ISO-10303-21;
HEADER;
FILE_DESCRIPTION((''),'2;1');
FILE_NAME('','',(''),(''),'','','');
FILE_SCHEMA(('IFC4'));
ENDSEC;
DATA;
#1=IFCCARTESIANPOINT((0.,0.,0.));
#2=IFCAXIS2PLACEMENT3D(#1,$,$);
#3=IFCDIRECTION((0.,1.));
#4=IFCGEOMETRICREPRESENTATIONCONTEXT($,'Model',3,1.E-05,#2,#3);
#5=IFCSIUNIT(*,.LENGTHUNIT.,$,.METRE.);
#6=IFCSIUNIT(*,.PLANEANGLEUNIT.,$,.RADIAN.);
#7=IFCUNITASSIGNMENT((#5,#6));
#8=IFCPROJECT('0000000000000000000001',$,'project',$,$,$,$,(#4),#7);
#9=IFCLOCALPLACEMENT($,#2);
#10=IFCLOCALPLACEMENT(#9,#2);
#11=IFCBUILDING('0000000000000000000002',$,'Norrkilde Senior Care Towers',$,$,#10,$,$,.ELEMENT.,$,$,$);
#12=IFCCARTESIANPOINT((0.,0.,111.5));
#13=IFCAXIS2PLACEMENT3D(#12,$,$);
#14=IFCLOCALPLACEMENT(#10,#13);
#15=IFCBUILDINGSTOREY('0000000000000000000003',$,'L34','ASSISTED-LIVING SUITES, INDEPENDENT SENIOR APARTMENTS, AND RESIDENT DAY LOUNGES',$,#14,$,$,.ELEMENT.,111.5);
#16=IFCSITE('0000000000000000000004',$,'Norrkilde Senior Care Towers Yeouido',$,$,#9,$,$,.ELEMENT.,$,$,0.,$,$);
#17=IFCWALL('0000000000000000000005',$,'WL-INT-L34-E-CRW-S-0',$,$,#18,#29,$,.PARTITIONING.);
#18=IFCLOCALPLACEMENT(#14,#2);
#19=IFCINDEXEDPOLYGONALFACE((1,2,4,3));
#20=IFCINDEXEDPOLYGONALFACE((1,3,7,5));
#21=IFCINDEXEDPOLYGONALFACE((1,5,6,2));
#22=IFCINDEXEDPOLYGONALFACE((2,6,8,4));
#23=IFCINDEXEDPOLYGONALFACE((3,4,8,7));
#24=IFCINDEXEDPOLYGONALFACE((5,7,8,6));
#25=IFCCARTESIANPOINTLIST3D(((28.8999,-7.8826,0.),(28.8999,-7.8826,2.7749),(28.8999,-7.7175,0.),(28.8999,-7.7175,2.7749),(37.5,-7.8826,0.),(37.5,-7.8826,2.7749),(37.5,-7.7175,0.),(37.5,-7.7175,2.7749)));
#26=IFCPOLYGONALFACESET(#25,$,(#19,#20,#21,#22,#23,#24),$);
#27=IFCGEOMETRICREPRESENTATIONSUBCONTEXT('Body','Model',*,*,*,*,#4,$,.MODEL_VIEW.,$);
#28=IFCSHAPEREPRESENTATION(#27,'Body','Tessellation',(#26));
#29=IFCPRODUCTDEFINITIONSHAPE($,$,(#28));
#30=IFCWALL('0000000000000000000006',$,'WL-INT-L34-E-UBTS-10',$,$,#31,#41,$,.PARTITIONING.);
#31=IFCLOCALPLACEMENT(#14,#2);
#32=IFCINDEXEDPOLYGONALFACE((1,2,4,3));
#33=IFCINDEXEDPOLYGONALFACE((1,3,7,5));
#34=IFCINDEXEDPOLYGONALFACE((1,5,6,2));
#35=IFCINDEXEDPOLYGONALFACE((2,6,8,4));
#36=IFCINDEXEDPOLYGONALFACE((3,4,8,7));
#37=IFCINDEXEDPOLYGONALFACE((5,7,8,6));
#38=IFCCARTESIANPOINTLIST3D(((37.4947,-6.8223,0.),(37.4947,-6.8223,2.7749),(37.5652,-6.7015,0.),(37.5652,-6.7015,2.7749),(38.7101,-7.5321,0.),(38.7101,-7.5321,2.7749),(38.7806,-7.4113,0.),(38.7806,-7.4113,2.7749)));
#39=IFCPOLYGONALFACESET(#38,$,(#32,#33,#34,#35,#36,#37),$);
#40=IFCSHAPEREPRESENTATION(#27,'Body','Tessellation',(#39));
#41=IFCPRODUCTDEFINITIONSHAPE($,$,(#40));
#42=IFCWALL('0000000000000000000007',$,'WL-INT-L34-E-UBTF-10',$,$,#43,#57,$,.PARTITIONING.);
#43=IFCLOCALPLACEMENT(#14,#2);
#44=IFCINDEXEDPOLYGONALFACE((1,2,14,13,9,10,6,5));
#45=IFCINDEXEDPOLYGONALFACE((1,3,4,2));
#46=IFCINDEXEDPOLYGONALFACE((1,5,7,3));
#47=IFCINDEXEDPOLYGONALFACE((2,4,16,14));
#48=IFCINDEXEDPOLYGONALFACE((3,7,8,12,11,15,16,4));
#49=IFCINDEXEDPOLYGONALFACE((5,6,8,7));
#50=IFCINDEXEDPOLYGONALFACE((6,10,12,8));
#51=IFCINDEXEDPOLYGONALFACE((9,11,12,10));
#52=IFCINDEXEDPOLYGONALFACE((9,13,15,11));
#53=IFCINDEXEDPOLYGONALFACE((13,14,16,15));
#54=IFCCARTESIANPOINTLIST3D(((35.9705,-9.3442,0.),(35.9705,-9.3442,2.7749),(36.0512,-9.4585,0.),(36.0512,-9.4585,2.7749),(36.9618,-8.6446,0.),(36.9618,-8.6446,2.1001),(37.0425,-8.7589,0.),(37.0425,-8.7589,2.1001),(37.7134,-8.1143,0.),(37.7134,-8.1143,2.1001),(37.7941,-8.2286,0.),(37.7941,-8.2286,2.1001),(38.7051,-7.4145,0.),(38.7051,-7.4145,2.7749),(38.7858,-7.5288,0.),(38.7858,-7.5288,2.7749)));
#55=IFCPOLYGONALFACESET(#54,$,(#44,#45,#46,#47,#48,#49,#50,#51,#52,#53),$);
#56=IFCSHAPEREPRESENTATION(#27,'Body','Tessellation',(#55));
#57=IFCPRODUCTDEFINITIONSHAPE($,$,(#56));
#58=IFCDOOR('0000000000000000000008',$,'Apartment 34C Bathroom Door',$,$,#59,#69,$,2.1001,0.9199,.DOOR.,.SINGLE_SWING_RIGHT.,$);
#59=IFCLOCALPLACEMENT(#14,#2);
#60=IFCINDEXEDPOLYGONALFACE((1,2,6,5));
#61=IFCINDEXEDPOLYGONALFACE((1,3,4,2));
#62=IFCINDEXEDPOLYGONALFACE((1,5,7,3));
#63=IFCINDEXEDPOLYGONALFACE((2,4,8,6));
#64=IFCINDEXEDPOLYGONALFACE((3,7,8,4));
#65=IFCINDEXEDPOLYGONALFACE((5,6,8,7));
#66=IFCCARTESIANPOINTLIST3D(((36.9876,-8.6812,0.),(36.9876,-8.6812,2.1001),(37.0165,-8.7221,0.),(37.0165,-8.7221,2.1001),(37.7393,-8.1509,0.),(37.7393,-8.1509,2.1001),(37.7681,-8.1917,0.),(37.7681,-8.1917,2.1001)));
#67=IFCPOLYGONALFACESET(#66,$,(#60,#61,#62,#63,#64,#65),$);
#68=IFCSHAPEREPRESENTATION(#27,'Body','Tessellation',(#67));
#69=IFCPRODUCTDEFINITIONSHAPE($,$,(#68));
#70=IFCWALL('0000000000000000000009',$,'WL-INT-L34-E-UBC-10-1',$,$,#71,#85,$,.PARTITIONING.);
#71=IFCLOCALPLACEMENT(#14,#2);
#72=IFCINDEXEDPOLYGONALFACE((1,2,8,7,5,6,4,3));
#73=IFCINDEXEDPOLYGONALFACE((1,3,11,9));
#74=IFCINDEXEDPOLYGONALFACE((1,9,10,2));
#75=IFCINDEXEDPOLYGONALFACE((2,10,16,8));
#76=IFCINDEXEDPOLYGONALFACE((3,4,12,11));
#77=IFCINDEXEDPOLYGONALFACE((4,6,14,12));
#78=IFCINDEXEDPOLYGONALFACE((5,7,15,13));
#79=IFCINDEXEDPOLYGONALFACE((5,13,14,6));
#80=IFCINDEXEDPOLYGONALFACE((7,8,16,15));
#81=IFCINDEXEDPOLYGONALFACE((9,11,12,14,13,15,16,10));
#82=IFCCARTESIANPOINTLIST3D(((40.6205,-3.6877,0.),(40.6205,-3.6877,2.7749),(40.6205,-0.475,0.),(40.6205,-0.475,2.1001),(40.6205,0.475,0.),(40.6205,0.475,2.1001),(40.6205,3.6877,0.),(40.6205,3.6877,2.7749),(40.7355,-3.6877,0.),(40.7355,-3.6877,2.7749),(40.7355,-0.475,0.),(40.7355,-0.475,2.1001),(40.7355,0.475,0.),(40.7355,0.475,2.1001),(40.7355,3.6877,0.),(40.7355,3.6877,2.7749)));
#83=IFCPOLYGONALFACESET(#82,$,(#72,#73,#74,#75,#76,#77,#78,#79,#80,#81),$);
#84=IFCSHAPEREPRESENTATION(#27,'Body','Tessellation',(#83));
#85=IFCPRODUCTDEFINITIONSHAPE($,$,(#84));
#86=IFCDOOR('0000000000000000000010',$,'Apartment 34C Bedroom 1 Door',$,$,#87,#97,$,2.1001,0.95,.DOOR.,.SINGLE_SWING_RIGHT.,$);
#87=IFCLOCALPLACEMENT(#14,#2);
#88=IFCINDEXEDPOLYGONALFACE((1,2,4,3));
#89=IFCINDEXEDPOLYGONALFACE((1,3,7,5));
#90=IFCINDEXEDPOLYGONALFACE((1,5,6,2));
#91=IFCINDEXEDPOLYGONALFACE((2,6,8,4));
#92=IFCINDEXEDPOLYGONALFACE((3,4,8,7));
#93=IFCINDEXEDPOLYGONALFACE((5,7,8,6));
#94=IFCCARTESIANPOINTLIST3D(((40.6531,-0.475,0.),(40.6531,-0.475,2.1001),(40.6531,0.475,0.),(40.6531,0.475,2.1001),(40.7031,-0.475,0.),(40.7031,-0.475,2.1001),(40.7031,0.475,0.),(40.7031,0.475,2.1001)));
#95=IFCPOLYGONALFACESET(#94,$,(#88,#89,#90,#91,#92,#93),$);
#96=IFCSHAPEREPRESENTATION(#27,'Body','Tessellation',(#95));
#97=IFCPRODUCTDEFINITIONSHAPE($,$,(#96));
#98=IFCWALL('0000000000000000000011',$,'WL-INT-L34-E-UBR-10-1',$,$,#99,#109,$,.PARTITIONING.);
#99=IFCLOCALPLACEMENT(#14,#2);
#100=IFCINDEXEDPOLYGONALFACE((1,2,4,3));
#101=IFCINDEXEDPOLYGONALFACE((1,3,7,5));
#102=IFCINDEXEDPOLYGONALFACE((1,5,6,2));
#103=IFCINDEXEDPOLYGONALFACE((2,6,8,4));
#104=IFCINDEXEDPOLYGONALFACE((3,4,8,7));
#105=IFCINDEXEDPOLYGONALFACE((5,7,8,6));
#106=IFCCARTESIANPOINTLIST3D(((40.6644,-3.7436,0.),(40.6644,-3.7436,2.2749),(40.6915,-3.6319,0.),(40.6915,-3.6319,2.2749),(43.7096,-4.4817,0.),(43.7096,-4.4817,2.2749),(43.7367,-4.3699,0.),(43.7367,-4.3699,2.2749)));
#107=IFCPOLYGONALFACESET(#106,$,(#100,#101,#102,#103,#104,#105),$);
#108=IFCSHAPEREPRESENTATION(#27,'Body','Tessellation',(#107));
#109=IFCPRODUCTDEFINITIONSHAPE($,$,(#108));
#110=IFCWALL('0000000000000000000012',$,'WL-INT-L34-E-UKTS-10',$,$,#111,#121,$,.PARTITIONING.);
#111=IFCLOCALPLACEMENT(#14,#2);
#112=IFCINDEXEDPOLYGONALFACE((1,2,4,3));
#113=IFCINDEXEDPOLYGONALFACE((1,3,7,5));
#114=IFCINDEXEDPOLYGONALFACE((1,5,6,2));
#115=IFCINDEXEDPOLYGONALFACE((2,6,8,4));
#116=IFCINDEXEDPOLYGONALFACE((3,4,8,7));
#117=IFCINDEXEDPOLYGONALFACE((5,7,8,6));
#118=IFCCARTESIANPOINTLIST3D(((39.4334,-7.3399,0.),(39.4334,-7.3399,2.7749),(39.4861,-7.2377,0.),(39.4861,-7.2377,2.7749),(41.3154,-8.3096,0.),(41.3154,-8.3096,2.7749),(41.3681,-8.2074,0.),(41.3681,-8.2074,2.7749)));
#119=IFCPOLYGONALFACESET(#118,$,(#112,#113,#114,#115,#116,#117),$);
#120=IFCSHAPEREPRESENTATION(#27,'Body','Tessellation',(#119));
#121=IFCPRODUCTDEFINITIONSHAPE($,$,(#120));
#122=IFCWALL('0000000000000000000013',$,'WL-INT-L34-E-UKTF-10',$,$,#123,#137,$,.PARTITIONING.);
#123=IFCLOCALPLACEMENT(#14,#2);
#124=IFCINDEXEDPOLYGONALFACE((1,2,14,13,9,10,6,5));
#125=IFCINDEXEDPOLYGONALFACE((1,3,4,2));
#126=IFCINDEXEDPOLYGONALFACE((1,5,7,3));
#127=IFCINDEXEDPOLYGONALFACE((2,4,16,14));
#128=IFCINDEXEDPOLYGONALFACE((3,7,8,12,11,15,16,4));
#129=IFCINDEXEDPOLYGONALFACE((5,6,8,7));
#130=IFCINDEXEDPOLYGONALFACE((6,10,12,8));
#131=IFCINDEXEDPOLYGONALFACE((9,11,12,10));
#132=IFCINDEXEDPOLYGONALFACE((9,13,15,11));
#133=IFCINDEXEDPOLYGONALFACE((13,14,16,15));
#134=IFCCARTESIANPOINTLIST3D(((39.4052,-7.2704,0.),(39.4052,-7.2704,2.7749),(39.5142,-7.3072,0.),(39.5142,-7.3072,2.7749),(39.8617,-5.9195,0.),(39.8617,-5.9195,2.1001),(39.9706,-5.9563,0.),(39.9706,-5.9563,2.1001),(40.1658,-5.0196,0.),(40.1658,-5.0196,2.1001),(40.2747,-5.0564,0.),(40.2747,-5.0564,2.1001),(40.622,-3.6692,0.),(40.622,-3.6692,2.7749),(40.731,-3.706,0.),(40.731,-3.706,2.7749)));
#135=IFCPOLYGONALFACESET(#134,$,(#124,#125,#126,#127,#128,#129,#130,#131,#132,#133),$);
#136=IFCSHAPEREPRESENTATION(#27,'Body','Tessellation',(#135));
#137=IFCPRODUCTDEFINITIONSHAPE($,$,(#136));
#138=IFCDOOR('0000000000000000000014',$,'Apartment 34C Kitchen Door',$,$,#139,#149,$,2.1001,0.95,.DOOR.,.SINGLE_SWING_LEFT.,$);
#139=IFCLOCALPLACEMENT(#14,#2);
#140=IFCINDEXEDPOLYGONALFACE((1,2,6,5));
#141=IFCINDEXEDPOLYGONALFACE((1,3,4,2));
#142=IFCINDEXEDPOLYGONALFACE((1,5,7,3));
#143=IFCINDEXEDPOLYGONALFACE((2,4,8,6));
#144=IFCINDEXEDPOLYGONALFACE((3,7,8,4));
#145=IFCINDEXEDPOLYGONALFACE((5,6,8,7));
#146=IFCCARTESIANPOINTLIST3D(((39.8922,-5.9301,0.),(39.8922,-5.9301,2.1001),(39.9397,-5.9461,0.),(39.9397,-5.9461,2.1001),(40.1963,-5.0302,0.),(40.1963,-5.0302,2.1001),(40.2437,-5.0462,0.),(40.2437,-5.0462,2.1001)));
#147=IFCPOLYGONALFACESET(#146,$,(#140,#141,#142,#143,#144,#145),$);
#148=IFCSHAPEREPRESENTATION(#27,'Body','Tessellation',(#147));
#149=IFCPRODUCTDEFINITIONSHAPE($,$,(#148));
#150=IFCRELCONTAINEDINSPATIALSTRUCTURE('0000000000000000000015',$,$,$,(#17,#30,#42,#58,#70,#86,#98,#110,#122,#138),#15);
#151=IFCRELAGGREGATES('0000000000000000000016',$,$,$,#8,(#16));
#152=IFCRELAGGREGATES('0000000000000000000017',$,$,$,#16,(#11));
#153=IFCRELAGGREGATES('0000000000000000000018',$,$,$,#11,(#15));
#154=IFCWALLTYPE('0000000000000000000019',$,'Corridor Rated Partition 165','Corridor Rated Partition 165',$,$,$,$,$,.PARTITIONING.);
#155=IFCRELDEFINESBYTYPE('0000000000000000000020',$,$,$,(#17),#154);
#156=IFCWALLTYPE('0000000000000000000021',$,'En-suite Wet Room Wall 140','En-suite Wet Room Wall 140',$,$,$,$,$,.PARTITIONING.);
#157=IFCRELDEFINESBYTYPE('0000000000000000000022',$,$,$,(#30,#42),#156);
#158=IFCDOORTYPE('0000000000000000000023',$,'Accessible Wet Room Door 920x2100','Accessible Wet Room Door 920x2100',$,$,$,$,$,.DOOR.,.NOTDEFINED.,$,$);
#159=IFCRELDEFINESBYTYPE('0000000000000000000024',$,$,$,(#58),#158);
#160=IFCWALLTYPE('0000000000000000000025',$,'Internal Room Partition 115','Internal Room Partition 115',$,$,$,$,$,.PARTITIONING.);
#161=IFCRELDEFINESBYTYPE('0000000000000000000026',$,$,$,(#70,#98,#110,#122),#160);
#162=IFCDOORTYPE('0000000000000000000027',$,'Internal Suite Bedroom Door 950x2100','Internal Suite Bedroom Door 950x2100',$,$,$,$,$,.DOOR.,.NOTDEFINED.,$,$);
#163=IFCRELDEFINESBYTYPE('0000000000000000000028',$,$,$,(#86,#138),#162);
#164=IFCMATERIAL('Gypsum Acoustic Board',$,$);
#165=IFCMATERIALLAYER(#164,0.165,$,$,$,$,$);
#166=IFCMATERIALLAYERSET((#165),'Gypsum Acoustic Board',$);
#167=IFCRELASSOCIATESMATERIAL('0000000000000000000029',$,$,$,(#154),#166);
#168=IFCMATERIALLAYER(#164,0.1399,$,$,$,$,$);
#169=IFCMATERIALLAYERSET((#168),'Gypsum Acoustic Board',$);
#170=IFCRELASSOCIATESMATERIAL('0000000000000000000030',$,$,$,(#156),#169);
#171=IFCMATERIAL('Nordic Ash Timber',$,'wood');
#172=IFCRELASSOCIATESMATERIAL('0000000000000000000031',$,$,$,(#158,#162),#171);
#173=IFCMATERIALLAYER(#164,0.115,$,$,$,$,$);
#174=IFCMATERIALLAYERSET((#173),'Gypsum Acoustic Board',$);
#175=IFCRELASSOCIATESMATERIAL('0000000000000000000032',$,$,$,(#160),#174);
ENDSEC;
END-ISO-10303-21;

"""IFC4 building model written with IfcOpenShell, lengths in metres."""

from ifc_helpers import new_model, si_unit, direction, frame, frame_2d, origin, place, context, subcontext, project, spatial, rectangle, extrude, source, transform, mapped, material, layer, layer_set, type_object, type_shapes, element, fill, save


model = new_model("IFC4")

# Units and contexts
model_context = context("Model", 3, precision=1e-05, world=origin(), true_north=direction((0.0, 1.0)))
body_context = subcontext(model_context, "Body", "Model", "MODEL_VIEW")
ifc_project = project(units=[si_unit("LENGTHUNIT", "METRE"), si_unit("PLANEANGLEUNIT", "RADIAN")], contexts=[model_context])

# Site, building, storey
site_placement = place(None, origin())
site = spatial("IfcSite", under=ifc_project, at=site_placement, Name="Norrkilde Senior Care Towers Yeouido", CompositionType="ELEMENT", RefElevation=0.0)
building_placement = place(site_placement, origin())
building = spatial("IfcBuilding", under=site, at=building_placement, Name="Norrkilde Senior Care Towers", CompositionType="ELEMENT")
storey_placement = place(building_placement, frame((0.0, 0.0, 111.5)))
storey = spatial("IfcBuildingStorey", under=building, at=storey_placement, Name="L34", Description="ASSISTED-LIVING SUITES, INDEPENDENT SENIOR APARTMENTS, AND RESIDENT DAY LOUNGES", CompositionType="ELEMENT", Elevation=111.5)

# Walls
ifc_material_1 = material(Name="Gypsum Acoustic Board")
ifc_layer_1 = layer(ifc_material_1, 0.165)
ifc_layer_set_1 = layer_set([ifc_layer_1], Name="Gypsum Acoustic Board")
wall_type_1 = type_object("IfcWallType", Name="Corridor Rated Partition 165", Description="Corridor Rated Partition 165", PredefinedType="PARTITIONING", material=ifc_layer_set_1)
shared_shape_1 = source(origin(), body_context, "Body", "SweptSolid", [
    extrude(rectangle(XDim=8.6001, YDim=0.165, at=frame_2d((4.3, 0.0))), origin(), (0.0, 0.0, 1.0), 2.7749),
])
type_shapes(wall_type_1, [shared_shape_1])
wall_1_placement = place(storey_placement, frame((37.5, -7.8, 0.0), z_axis=(0.0, 0.0, 1.0), x_axis=(-1.0, 0.0, 0.0)))
element("IfcWall", 1, at=wall_1_placement, inside=storey, type_object=wall_type_1, Name="WL-INT-L34-E-CRW-S-0", PredefinedType="PARTITIONING", context=body_context, shape_type="MappedRepresentation", body=[
    mapped(shared_shape_1, transform((0.0, 0.0, 0.0), x_axis=(1.0, 0.0, 0.0), y_axis=(0.0, 1.0, 0.0), z_axis=(0.0, 0.0, 1.0), scale=1.0)),
])
ifc_layer_2 = layer(ifc_material_1, 0.1399)
ifc_layer_set_2 = layer_set([ifc_layer_2], Name="Gypsum Acoustic Board")
wall_type_2 = type_object("IfcWallType", Name="En-suite Wet Room Wall 140", Description="En-suite Wet Room Wall 140", PredefinedType="PARTITIONING", material=ifc_layer_set_2)
shared_shape_2 = source(origin(), body_context, "Body", "SweptSolid", [
    extrude(rectangle(XDim=1.4075, YDim=0.1399, at=frame_2d((0.7036, 0.0))), origin(), (0.0, 0.0, 1.0), 2.7749),
])
wall_2_placement = place(storey_placement, frame((37.53, -6.762, 0.0), z_axis=(0.0, 0.0, 1.0), x_axis=(0.86354, -0.504281, 0.0)))
element("IfcWall", 2, at=wall_2_placement, inside=storey, type_object=wall_type_2, Name="WL-INT-L34-E-UBTS-10", PredefinedType="PARTITIONING", context=body_context, shape_type="MappedRepresentation", body=[
    mapped(shared_shape_2, transform((0.0, 0.0, 0.0), x_axis=(1.0, 0.0, 0.0), y_axis=(0.0, 1.0, 0.0), z_axis=(0.0, 0.0, 1.0), scale=1.0)),
])

# Walls, openings, doors
shared_shape_3 = source(origin(), body_context, "Body", "SweptSolid", [
    extrude(rectangle(XDim=3.3469, YDim=0.1399, at=frame_2d((1.6733, 0.0))), origin(), (0.0, 0.0, 1.0), 2.7749),
])
type_shapes(wall_type_2, [shared_shape_2, shared_shape_3])
wall_3_placement = place(storey_placement, frame((38.7454, -7.4717, 0.0), z_axis=(0.0, 0.0, 1.0), x_axis=(-0.817057, -0.576557, 0.0)))
wall_3 = element("IfcWall", 3, at=wall_3_placement, inside=storey, type_object=wall_type_2, Name="WL-INT-L34-E-UBTF-10", PredefinedType="PARTITIONING", context=body_context, shape_type="MappedRepresentation", body=[
    mapped(shared_shape_3, transform((0.0, 0.0, 0.0), x_axis=(1.0, 0.0, 0.0), y_axis=(0.0, 1.0, 0.0), z_axis=(0.0, 0.0, 1.0), scale=1.0)),
])
opening_1_placement = place(wall_3_placement, frame((1.2136, 0.0, 0.0)))
opening_1 = element("IfcOpeningElement", 4, at=opening_1_placement, cuts=wall_3, PredefinedType="OPENING", context=body_context, shape_type="SweptSolid", body=[
    extrude(rectangle(XDim=0.9199, YDim=2.1001, at=frame_2d((0.46, 1.05))), frame((0.0, 0.0798, 0.0), z_axis=(0.0, -1.0, 0.0), x_axis=(1.0, 0.0, 0.0)), (0.0, 0.0, 1.0), 0.1599),
])
ifc_material_2 = material(Name="Nordic Ash Timber", Category="wood")
door_type_1 = type_object("IfcDoorType", Name="Accessible Wet Room Door 920x2100", Description="Accessible Wet Room Door 920x2100", OperationType="NOTDEFINED", PredefinedType="DOOR", material=ifc_material_2)
shared_shape_4 = source(origin(), body_context, "Body", "SweptSolid", [
    extrude(rectangle(XDim=0.9199, YDim=2.1001, at=frame_2d((0.46, 1.05))), frame((0.0, 0.0249, 0.0), z_axis=(0.0, -1.0, 0.0), x_axis=(1.0, 0.0, 0.0)), (0.0, 0.0, 1.0), 0.05),
])
type_shapes(door_type_1, [shared_shape_4])
door_1_placement = place(opening_1_placement, origin())
door_1 = element("IfcDoor", 5, at=door_1_placement, inside=storey, type_object=door_type_1, Name="Apartment 34C Bathroom Door", OperationType="SINGLE_SWING_RIGHT", OverallHeight=2.1001, OverallWidth=0.9199, PredefinedType="DOOR", context=body_context, shape_type="MappedRepresentation", body=[
    mapped(shared_shape_4, transform((0.0, 0.0, 0.0), x_axis=(1.0, 0.0, 0.0), y_axis=(0.0, 1.0, 0.0), z_axis=(0.0, 0.0, 1.0), scale=1.0)),
])
fill(opening_1, door_1)
ifc_layer_3 = layer(ifc_material_1, 0.115)
ifc_layer_set_3 = layer_set([ifc_layer_3], Name="Gypsum Acoustic Board")
wall_type_3 = type_object("IfcWallType", Name="Internal Room Partition 115", Description="Internal Room Partition 115", PredefinedType="PARTITIONING", material=ifc_layer_set_3)
shared_shape_5 = source(origin(), body_context, "Body", "SweptSolid", [
    extrude(rectangle(XDim=7.3755, YDim=0.115, at=frame_2d((3.6877, 0.0))), origin(), (0.0, 0.0, 1.0), 2.7749),
])
wall_4_placement = place(storey_placement, frame((40.678, -3.6877, 0.0), z_axis=(0.0, 0.0, 1.0), x_axis=(0.0, 1.0, 0.0)))
wall_4 = element("IfcWall", 6, at=wall_4_placement, inside=storey, type_object=wall_type_3, Name="WL-INT-L34-E-UBC-10-1", PredefinedType="PARTITIONING", context=body_context, shape_type="MappedRepresentation", body=[
    mapped(shared_shape_5, transform((0.0, 0.0, 0.0), x_axis=(1.0, 0.0, 0.0), y_axis=(0.0, 1.0, 0.0), z_axis=(0.0, 0.0, 1.0), scale=1.0)),
])
opening_2_placement = place(wall_4_placement, frame((3.2126, 0.0, 0.0)))
opening_2 = element("IfcOpeningElement", 7, at=opening_2_placement, cuts=wall_4, PredefinedType="OPENING", context=body_context, shape_type="SweptSolid", body=[
    extrude(rectangle(XDim=0.95, YDim=2.1001, at=frame_2d((0.4751, 1.05))), frame((0.0, 0.0674, 0.0), z_axis=(0.0, -1.0, 0.0), x_axis=(1.0, 0.0, 0.0)), (0.0, 0.0, 1.0), 0.135),
])
door_type_2 = type_object("IfcDoorType", Name="Internal Suite Bedroom Door 950x2100", Description="Internal Suite Bedroom Door 950x2100", OperationType="NOTDEFINED", PredefinedType="DOOR", material=ifc_material_2)
shared_shape_6 = source(origin(), body_context, "Body", "SweptSolid", [
    extrude(rectangle(XDim=0.95, YDim=2.1001, at=frame_2d((0.4751, 1.05))), frame((0.0, 0.0249, 0.0), z_axis=(0.0, -1.0, 0.0), x_axis=(1.0, 0.0, 0.0)), (0.0, 0.0, 1.0), 0.05),
])
type_shapes(door_type_2, [shared_shape_6])
door_2_placement = place(opening_2_placement, origin())
door_2 = element("IfcDoor", 8, at=door_2_placement, inside=storey, type_object=door_type_2, Name="Apartment 34C Bedroom 1 Door", OperationType="SINGLE_SWING_RIGHT", OverallHeight=2.1001, OverallWidth=0.95, PredefinedType="DOOR", context=body_context, shape_type="MappedRepresentation", body=[
    mapped(shared_shape_6, transform((0.0, 0.0, 0.0), x_axis=(1.0, 0.0, 0.0), y_axis=(0.0, 1.0, 0.0), z_axis=(0.0, 0.0, 1.0), scale=1.0)),
])
fill(opening_2, door_2)

# Walls
shared_shape_7 = source(origin(), body_context, "Body", "SweptSolid", [
    extrude(rectangle(XDim=3.1333, YDim=0.115, at=frame_2d((1.5667, 0.0))), origin(), (0.0, 0.0, 1.0), 2.2749),
])
wall_5_placement = place(storey_placement, frame((40.678, -3.6877, 0.0), z_axis=(0.0, 0.0, 1.0), x_axis=(0.971864, -0.235544, 0.0)))
element("IfcWall", 9, at=wall_5_placement, inside=storey, type_object=wall_type_3, Name="WL-INT-L34-E-UBR-10-1", PredefinedType="PARTITIONING", context=body_context, shape_type="MappedRepresentation", body=[
    mapped(shared_shape_7, transform((0.0, 0.0, 0.0), x_axis=(1.0, 0.0, 0.0), y_axis=(0.0, 1.0, 0.0), z_axis=(0.0, 0.0, 1.0), scale=1.0)),
])
shared_shape_8 = source(origin(), body_context, "Body", "SweptSolid", [
    extrude(rectangle(XDim=2.1172, YDim=0.115, at=frame_2d((1.0586, 0.0))), origin(), (0.0, 0.0, 1.0), 2.7749),
])
wall_6_placement = place(storey_placement, frame((39.4597, -7.2888, 0.0), z_axis=(0.0, 0.0, 1.0), x_axis=(0.888942, -0.45802, 0.0)))
element("IfcWall", 10, at=wall_6_placement, inside=storey, type_object=wall_type_3, Name="WL-INT-L34-E-UKTS-10", PredefinedType="PARTITIONING", context=body_context, shape_type="MappedRepresentation", body=[
    mapped(shared_shape_8, transform((0.0, 0.0, 0.0), x_axis=(1.0, 0.0, 0.0), y_axis=(0.0, 1.0, 0.0), z_axis=(0.0, 0.0, 1.0), scale=1.0)),
])

# Wall, opening, door
shared_shape_9 = source(origin(), body_context, "Body", "SweptSolid", [
    extrude(rectangle(XDim=3.8013, YDim=0.115, at=frame_2d((1.9006, 0.0))), origin(), (0.0, 0.0, 1.0), 2.7749),
])
type_shapes(wall_type_3, [shared_shape_5, shared_shape_7, shared_shape_8, shared_shape_9])
wall_7_placement = place(storey_placement, frame((39.4597, -7.2888, 0.0), z_axis=(0.0, 0.0, 1.0), x_axis=(0.320098, 0.947384, 0.0)))
wall_7 = element("IfcWall", 11, at=wall_7_placement, inside=storey, type_object=wall_type_3, Name="WL-INT-L34-E-UKTF-10", PredefinedType="PARTITIONING", context=body_context, shape_type="MappedRepresentation", body=[
    mapped(shared_shape_9, transform((0.0, 0.0, 0.0), x_axis=(1.0, 0.0, 0.0), y_axis=(0.0, 1.0, 0.0), z_axis=(0.0, 0.0, 1.0), scale=1.0)),
])
opening_3_placement = place(wall_7_placement, frame((1.4258, 0.0, 0.0)))
opening_3 = element("IfcOpeningElement", 12, at=opening_3_placement, cuts=wall_7, PredefinedType="OPENING", context=body_context, shape_type="SweptSolid", body=[
    extrude(rectangle(XDim=0.95, YDim=2.1001, at=frame_2d((0.4751, 1.05))), frame((0.0, 0.0674, 0.0), z_axis=(0.0, -1.0, 0.0), x_axis=(1.0, 0.0, 0.0)), (0.0, 0.0, 1.0), 0.135),
])
door_3_placement = place(opening_3_placement, frame((0.95, 0.0, 0.0), z_axis=(0.0, 0.0, 1.0), x_axis=(-1.0, 0.0, 0.0)))
door_3 = element("IfcDoor", 13, at=door_3_placement, inside=storey, type_object=door_type_2, Name="Apartment 34C Kitchen Door", OperationType="SINGLE_SWING_LEFT", OverallHeight=2.1001, OverallWidth=0.95, PredefinedType="DOOR", context=body_context, shape_type="MappedRepresentation", body=[
    mapped(shared_shape_6, transform((0.0, 0.0, 0.0), x_axis=(1.0, 0.0, 0.0), y_axis=(0.0, 1.0, 0.0), z_axis=(0.0, 0.0, 1.0), scale=1.0)),
])
fill(opening_3, door_3)

save(model, "model.ifc")
